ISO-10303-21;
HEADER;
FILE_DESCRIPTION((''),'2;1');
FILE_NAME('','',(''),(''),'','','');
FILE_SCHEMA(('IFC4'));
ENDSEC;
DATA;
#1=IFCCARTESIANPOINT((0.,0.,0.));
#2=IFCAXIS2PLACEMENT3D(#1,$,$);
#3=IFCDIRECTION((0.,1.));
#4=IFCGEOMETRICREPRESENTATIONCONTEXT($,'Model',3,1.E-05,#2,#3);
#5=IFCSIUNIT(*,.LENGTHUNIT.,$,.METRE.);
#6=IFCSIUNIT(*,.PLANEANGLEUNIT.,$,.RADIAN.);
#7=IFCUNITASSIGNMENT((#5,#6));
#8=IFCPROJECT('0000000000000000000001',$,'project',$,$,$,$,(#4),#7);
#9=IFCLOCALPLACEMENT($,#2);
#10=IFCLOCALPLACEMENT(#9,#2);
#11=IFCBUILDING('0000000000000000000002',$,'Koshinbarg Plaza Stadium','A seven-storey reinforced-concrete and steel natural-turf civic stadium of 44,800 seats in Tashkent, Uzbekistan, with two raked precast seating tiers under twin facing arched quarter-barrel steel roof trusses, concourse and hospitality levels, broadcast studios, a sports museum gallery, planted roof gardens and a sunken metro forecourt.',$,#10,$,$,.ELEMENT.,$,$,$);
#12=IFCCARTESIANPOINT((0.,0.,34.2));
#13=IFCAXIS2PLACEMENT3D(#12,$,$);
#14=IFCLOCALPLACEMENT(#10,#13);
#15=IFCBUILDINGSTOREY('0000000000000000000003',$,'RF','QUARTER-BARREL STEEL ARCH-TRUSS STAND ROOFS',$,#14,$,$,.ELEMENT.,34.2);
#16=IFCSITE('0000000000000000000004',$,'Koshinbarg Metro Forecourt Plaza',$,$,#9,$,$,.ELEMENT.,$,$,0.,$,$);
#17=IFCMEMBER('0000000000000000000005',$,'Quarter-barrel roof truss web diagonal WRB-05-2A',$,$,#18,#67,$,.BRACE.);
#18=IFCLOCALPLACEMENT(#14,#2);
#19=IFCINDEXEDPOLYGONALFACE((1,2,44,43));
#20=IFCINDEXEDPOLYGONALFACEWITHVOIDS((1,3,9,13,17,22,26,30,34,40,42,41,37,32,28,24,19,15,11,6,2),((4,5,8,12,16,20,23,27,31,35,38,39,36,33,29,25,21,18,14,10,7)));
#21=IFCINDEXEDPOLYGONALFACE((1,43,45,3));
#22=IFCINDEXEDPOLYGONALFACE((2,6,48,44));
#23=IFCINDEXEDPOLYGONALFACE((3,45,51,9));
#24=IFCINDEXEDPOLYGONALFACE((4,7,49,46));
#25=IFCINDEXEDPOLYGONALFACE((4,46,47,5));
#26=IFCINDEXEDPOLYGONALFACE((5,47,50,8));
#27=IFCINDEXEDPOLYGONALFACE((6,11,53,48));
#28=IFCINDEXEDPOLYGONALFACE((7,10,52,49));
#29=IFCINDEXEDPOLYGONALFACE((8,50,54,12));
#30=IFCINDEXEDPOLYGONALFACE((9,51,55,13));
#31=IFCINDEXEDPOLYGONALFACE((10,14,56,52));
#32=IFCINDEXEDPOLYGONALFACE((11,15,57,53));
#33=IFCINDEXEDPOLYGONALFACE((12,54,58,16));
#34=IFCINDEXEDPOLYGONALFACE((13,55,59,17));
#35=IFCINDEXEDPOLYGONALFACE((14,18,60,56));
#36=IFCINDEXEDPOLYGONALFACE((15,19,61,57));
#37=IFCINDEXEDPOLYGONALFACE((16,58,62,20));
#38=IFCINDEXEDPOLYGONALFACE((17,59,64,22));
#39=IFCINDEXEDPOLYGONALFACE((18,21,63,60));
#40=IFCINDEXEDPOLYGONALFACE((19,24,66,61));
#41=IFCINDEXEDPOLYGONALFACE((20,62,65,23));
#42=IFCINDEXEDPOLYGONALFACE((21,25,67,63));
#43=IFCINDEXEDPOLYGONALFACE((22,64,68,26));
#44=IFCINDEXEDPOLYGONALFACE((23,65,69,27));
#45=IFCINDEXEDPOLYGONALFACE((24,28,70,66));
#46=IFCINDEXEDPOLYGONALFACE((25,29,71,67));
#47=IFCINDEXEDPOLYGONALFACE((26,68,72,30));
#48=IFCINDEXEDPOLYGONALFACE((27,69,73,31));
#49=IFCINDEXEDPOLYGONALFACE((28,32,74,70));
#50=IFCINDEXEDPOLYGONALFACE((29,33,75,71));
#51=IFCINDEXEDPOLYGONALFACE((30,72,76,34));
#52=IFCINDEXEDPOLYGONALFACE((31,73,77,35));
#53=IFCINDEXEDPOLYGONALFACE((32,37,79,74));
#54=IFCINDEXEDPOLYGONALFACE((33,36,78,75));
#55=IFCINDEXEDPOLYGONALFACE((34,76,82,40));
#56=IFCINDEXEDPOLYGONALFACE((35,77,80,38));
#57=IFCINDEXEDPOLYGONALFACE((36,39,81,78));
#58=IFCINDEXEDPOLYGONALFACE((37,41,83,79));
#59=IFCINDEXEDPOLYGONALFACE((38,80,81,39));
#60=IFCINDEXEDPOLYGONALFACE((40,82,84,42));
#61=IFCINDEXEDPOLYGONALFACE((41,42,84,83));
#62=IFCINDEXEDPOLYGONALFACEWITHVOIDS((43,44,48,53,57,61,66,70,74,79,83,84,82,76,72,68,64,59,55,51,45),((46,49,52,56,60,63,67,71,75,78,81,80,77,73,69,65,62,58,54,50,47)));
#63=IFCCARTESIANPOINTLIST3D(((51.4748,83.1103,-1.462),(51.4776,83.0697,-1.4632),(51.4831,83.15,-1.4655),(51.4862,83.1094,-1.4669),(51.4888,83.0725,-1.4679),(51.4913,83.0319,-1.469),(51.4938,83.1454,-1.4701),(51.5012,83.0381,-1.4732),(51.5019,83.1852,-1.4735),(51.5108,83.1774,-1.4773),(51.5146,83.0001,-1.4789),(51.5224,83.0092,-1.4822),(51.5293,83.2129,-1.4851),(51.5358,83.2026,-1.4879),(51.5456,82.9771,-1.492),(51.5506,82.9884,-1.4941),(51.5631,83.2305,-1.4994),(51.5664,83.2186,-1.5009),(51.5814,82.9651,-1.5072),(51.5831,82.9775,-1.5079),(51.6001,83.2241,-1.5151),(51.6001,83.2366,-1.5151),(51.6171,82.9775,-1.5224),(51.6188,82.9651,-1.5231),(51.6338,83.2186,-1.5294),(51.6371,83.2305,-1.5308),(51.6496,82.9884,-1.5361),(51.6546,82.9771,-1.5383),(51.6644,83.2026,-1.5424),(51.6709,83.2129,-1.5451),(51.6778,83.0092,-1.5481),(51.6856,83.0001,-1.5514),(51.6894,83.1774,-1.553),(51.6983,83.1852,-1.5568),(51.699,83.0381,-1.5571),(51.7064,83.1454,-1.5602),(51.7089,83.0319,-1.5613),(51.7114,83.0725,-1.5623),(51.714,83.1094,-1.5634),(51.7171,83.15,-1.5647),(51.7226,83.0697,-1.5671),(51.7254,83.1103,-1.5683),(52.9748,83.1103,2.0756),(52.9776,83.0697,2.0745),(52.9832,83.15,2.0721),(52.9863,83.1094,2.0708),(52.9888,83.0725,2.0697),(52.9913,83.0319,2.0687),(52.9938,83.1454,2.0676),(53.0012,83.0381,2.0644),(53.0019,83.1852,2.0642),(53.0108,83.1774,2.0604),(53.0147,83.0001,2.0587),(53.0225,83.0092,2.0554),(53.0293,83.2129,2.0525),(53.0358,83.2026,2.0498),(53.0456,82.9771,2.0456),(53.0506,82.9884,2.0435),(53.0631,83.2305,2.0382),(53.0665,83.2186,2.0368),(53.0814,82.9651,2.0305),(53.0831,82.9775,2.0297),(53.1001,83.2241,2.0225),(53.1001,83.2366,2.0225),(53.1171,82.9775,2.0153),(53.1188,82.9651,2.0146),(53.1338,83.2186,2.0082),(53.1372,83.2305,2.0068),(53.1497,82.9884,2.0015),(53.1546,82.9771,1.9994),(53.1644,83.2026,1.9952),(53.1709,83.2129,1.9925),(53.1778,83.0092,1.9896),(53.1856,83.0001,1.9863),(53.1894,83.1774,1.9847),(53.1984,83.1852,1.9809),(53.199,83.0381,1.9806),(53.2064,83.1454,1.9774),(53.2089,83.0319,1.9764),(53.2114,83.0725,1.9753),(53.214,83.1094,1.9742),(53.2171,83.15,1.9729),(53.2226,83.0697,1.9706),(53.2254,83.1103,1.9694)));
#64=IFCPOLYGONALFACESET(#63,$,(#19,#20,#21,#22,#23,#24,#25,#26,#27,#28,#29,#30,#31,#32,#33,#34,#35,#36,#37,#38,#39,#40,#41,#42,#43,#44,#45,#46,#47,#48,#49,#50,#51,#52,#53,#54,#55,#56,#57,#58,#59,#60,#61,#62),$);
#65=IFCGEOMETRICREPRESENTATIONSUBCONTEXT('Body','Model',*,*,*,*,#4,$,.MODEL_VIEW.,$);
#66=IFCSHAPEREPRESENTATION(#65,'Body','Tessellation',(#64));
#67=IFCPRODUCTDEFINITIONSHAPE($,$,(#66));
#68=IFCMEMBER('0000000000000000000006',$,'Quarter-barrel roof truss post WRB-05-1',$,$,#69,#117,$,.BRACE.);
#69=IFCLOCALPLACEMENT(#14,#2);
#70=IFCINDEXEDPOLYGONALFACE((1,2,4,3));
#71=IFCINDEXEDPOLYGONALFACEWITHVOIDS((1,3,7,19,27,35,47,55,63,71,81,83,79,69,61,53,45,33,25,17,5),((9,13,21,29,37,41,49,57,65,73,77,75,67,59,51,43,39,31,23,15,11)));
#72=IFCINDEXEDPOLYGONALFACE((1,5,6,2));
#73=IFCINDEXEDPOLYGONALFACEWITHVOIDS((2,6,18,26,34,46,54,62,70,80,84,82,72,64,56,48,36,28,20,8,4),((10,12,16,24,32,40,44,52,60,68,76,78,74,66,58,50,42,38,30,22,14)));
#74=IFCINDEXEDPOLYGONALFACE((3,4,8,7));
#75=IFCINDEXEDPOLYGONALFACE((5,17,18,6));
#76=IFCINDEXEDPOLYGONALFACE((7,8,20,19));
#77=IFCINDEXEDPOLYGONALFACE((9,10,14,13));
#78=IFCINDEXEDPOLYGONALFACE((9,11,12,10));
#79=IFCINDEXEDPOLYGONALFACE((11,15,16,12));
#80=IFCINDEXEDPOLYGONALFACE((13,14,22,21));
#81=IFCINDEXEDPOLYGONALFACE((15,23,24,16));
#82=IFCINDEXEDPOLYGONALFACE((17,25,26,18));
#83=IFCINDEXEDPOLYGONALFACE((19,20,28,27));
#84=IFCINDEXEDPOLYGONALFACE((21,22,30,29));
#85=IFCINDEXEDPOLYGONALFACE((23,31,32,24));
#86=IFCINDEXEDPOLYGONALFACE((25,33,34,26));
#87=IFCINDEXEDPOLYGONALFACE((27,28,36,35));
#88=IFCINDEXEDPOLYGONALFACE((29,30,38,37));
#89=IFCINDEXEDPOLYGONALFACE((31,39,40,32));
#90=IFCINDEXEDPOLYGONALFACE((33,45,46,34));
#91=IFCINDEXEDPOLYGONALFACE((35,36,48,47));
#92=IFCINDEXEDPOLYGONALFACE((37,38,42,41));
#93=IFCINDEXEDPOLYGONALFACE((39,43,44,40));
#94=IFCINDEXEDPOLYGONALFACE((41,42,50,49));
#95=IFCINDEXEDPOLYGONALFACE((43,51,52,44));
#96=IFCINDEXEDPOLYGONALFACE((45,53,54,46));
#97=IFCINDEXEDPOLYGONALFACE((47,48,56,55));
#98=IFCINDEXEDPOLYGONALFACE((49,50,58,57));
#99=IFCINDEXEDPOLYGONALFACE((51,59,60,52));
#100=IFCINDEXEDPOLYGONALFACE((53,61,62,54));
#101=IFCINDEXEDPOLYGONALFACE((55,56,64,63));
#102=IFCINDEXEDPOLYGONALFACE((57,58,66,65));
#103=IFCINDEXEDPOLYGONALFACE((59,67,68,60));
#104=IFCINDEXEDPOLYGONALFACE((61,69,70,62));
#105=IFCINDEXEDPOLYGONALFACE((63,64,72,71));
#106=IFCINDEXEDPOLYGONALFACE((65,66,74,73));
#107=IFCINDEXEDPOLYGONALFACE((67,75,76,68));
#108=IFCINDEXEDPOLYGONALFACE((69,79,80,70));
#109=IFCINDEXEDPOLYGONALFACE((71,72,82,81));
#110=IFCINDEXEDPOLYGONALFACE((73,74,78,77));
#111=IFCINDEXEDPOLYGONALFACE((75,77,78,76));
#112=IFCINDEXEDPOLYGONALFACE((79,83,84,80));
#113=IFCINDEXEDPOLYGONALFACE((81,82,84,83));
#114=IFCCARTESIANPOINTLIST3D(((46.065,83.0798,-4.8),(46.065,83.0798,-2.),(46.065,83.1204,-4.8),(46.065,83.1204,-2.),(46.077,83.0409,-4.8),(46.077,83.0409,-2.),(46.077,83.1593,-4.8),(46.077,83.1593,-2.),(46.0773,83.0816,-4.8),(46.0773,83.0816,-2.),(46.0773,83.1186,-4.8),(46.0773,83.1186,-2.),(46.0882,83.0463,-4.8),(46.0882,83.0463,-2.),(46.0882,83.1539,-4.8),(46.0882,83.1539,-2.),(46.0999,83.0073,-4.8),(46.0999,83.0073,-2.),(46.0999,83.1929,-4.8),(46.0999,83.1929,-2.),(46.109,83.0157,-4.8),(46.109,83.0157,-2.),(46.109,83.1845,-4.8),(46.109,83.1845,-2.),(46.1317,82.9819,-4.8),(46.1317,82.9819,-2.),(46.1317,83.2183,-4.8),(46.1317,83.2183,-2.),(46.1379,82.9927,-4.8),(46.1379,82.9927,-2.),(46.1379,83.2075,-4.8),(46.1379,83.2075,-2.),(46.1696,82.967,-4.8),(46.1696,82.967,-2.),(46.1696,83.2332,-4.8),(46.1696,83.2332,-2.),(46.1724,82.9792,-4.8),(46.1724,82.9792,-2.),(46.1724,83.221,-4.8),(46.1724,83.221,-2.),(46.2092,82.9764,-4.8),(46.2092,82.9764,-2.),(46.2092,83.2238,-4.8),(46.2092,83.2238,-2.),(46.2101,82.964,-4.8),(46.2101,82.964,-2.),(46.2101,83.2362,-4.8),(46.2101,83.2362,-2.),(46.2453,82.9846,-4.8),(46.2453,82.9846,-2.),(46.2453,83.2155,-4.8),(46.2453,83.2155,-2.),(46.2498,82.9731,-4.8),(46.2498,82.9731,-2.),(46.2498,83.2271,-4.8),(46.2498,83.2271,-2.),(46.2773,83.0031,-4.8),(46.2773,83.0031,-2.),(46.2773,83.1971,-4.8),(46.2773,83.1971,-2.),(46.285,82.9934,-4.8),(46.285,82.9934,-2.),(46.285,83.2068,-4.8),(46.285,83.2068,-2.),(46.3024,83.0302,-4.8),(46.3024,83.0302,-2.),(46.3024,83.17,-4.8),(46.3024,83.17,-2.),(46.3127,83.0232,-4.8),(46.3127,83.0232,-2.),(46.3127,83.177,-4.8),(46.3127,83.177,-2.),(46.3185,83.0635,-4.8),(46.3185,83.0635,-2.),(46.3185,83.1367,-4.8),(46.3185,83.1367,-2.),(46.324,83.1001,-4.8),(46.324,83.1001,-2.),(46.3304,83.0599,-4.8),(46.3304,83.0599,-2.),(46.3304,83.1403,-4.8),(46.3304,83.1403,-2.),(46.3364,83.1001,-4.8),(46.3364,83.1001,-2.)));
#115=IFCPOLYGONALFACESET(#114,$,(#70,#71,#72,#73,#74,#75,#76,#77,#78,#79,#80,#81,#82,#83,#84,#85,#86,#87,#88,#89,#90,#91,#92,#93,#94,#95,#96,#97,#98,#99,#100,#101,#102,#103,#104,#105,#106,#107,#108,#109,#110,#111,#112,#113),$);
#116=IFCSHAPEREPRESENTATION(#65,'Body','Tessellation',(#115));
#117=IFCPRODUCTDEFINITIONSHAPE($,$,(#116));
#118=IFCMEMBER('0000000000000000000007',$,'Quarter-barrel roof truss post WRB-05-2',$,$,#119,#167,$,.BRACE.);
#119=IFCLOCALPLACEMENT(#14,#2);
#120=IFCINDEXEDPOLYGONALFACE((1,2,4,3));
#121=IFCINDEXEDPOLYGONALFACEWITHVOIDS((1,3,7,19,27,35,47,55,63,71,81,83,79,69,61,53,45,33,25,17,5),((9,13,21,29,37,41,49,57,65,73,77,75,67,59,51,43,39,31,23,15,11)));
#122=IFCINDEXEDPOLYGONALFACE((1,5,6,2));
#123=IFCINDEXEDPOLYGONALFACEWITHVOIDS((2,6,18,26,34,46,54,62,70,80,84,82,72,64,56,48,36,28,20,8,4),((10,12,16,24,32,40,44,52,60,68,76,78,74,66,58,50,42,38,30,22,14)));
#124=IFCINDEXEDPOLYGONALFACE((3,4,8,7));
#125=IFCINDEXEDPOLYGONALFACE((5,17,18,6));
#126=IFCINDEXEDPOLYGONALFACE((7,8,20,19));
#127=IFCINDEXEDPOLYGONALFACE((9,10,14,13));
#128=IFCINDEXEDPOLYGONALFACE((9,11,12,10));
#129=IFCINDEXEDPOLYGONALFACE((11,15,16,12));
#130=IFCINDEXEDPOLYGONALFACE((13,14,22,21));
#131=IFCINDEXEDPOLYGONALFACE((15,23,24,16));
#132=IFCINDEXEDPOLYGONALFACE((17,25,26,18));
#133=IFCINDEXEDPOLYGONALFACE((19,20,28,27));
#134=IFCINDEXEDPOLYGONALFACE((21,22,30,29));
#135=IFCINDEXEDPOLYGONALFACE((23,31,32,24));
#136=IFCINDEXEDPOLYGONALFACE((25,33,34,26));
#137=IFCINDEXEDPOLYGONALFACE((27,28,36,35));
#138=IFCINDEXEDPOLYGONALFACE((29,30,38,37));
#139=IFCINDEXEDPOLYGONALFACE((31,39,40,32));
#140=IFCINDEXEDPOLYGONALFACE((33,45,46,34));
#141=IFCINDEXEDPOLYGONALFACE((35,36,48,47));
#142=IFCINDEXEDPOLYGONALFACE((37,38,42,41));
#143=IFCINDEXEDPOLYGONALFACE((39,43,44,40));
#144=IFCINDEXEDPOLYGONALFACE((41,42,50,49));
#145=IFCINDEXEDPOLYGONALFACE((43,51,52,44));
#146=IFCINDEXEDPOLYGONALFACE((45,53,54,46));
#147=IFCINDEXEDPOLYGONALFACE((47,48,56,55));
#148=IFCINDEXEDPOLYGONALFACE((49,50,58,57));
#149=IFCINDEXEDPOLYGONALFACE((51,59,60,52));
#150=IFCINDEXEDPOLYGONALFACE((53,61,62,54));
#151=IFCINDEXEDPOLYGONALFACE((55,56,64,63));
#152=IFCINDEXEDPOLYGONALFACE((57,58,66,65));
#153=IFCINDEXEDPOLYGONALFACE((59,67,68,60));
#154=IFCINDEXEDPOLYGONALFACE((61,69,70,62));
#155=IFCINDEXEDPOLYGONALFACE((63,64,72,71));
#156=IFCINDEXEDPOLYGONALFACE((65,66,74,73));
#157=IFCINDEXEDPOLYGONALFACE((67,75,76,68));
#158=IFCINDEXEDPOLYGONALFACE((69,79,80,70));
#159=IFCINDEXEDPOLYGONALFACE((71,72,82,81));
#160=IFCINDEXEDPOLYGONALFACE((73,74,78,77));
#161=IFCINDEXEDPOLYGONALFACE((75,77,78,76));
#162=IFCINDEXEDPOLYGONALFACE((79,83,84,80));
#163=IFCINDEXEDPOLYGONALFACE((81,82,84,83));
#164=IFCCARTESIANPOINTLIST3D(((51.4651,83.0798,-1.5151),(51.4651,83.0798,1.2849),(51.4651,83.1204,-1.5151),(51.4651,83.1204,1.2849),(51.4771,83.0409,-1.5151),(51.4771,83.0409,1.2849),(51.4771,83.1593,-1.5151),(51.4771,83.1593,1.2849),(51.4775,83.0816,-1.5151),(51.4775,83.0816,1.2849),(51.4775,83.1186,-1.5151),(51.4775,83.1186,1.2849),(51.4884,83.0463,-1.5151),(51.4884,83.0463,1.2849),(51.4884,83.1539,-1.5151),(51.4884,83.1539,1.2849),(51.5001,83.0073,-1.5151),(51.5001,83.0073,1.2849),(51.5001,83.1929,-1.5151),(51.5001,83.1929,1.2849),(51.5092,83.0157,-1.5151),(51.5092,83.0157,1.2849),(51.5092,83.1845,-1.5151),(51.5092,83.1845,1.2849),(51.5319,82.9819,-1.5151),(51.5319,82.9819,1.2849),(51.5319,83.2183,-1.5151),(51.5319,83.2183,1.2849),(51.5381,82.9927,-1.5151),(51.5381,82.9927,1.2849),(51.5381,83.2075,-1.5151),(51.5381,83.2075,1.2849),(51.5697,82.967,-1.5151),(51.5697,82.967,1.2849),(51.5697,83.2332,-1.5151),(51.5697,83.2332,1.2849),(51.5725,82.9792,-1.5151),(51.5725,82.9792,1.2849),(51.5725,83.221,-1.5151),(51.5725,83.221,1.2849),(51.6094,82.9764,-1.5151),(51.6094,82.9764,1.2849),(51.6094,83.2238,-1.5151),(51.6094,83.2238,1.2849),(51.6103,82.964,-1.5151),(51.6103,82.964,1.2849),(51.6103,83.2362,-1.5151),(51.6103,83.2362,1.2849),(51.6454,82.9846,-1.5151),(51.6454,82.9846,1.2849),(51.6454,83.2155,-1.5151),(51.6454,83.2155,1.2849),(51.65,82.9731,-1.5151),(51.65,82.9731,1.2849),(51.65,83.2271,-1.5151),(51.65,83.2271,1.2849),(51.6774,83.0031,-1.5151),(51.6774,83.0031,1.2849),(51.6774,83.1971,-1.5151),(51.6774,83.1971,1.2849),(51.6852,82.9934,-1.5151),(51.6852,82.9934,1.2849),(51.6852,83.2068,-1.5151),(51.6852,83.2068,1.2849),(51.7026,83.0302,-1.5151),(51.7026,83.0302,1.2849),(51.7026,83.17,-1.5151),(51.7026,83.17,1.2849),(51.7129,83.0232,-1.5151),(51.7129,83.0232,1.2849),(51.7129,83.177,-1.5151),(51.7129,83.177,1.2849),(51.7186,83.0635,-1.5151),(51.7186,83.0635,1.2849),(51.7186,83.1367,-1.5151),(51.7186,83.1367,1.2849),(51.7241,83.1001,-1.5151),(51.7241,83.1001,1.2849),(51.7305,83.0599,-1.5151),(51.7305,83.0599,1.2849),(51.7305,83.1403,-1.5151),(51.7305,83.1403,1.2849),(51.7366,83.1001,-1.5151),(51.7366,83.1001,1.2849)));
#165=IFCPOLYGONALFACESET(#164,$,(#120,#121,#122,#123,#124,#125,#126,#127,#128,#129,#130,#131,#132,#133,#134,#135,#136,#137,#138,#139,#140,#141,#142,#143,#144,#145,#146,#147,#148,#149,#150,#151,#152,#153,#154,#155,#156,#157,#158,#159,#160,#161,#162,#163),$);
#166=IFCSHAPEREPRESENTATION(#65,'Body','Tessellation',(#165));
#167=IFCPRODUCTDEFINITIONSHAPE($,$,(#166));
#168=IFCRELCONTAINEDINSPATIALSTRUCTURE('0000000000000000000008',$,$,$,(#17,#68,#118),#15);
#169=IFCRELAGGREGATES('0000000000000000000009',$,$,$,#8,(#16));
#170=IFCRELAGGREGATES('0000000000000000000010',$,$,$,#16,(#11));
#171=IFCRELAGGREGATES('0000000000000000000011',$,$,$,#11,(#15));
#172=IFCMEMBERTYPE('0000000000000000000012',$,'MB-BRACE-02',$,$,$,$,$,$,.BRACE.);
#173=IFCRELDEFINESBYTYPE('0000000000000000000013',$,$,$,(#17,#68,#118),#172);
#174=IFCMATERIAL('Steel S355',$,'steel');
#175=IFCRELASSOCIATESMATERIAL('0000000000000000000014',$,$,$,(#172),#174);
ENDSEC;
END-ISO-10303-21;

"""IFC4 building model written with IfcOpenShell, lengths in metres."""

from ifc_helpers import new_model, si_unit, direction, frame, origin, origin_2d, place, context, subcontext, project, spatial, hollow_circle, extrude, material, material_profile, profile_set, type_object, element, save


model = new_model("IFC4")

# Units and contexts
model_context = context("Model", 3, precision=1e-05, world=origin(), true_north=direction((0.0, 1.0)))
body_context = subcontext(model_context, "Body", "Model", "MODEL_VIEW")
ifc_project = project(units=[si_unit("LENGTHUNIT", "METRE"), si_unit("PLANEANGLEUNIT", "RADIAN")], contexts=[model_context])

# Site, building, storey
site_placement = place(None, origin())
site = spatial("IfcSite", under=ifc_project, at=site_placement, Name="Koshinbarg Metro Forecourt Plaza", CompositionType="ELEMENT", RefElevation=0.0)
building_placement = place(site_placement, origin())
building = spatial("IfcBuilding", under=site, at=building_placement, Name="Koshinbarg Plaza Stadium", Description="A seven-storey reinforced-concrete and steel natural-turf civic stadium of 44,800 seats in Tashkent, Uzbekistan, with two raked precast seating tiers under twin facing arched quarter-barrel steel roof trusses, concourse and hospitality levels, broadcast studios, a sports museum gallery, planted roof gardens and a sunken metro forecourt.", CompositionType="ELEMENT")
storey_placement = place(building_placement, frame((0.0, 0.0, 34.2)))
storey = spatial("IfcBuildingStorey", under=building, at=storey_placement, Name="RF", Description="QUARTER-BARREL STEEL ARCH-TRUSS STAND ROOFS", CompositionType="ELEMENT", Elevation=34.2)

# Shared definitions
ifc_material_1 = material(Name="Steel S355", Category="steel")

# Members
ifc_material_profile_1 = material_profile(ifc_material_1, hollow_circle(Radius=0.1365, WallThickness=0.0125, at=origin_2d()), Name="CHS 273x12.5")
ifc_profile_set_1 = profile_set([ifc_material_profile_1], Name="Steel S355")
member_type_1 = type_object("IfcMemberType", Name="MB-BRACE-02", PredefinedType="BRACE", material=ifc_profile_set_1)
member_1_placement = place(storey_placement, frame((51.6001, 83.1001, -1.5151), z_axis=(0.390374, 0.0, 0.920657), x_axis=(0.0, 1.0, 0.0)))
element("IfcMember", 1, at=member_1_placement, inside=storey, type_object=member_type_1, Name="Quarter-barrel roof truss web diagonal WRB-05-2A", PredefinedType="BRACE", context=body_context, shape_type="SweptSolid", body=[
    extrude(hollow_circle(Radius=0.1365, WallThickness=0.0125, at=origin_2d()), origin(), (0.0, 0.0, 1.0), 3.8425),
])
for number, where, z_axis, x_axis, name in (
    (2, (46.2, 83.1001, -4.8), (0.0, 0.0, 1.0), (1.0, 0.0, 0.0), "Quarter-barrel roof truss post WRB-05-1"),
    (3, (51.6001, 83.1001, -1.5151), (0.0, 0.0, 1.0), (1.0, 0.0, 0.0), "Quarter-barrel roof truss post WRB-05-2"),
):
    element("IfcMember", number, at=place(storey_placement, frame(where, z_axis=z_axis, x_axis=x_axis)), inside=storey, type_object=member_type_1, Name=name, PredefinedType="BRACE", context=body_context, shape_type="SweptSolid", body=[
        extrude(hollow_circle(Radius=0.1365, WallThickness=0.0125, at=origin_2d()), origin(), (0.0, 0.0, 1.0), 2.8),
    ])

save(model, "model.ifc")
